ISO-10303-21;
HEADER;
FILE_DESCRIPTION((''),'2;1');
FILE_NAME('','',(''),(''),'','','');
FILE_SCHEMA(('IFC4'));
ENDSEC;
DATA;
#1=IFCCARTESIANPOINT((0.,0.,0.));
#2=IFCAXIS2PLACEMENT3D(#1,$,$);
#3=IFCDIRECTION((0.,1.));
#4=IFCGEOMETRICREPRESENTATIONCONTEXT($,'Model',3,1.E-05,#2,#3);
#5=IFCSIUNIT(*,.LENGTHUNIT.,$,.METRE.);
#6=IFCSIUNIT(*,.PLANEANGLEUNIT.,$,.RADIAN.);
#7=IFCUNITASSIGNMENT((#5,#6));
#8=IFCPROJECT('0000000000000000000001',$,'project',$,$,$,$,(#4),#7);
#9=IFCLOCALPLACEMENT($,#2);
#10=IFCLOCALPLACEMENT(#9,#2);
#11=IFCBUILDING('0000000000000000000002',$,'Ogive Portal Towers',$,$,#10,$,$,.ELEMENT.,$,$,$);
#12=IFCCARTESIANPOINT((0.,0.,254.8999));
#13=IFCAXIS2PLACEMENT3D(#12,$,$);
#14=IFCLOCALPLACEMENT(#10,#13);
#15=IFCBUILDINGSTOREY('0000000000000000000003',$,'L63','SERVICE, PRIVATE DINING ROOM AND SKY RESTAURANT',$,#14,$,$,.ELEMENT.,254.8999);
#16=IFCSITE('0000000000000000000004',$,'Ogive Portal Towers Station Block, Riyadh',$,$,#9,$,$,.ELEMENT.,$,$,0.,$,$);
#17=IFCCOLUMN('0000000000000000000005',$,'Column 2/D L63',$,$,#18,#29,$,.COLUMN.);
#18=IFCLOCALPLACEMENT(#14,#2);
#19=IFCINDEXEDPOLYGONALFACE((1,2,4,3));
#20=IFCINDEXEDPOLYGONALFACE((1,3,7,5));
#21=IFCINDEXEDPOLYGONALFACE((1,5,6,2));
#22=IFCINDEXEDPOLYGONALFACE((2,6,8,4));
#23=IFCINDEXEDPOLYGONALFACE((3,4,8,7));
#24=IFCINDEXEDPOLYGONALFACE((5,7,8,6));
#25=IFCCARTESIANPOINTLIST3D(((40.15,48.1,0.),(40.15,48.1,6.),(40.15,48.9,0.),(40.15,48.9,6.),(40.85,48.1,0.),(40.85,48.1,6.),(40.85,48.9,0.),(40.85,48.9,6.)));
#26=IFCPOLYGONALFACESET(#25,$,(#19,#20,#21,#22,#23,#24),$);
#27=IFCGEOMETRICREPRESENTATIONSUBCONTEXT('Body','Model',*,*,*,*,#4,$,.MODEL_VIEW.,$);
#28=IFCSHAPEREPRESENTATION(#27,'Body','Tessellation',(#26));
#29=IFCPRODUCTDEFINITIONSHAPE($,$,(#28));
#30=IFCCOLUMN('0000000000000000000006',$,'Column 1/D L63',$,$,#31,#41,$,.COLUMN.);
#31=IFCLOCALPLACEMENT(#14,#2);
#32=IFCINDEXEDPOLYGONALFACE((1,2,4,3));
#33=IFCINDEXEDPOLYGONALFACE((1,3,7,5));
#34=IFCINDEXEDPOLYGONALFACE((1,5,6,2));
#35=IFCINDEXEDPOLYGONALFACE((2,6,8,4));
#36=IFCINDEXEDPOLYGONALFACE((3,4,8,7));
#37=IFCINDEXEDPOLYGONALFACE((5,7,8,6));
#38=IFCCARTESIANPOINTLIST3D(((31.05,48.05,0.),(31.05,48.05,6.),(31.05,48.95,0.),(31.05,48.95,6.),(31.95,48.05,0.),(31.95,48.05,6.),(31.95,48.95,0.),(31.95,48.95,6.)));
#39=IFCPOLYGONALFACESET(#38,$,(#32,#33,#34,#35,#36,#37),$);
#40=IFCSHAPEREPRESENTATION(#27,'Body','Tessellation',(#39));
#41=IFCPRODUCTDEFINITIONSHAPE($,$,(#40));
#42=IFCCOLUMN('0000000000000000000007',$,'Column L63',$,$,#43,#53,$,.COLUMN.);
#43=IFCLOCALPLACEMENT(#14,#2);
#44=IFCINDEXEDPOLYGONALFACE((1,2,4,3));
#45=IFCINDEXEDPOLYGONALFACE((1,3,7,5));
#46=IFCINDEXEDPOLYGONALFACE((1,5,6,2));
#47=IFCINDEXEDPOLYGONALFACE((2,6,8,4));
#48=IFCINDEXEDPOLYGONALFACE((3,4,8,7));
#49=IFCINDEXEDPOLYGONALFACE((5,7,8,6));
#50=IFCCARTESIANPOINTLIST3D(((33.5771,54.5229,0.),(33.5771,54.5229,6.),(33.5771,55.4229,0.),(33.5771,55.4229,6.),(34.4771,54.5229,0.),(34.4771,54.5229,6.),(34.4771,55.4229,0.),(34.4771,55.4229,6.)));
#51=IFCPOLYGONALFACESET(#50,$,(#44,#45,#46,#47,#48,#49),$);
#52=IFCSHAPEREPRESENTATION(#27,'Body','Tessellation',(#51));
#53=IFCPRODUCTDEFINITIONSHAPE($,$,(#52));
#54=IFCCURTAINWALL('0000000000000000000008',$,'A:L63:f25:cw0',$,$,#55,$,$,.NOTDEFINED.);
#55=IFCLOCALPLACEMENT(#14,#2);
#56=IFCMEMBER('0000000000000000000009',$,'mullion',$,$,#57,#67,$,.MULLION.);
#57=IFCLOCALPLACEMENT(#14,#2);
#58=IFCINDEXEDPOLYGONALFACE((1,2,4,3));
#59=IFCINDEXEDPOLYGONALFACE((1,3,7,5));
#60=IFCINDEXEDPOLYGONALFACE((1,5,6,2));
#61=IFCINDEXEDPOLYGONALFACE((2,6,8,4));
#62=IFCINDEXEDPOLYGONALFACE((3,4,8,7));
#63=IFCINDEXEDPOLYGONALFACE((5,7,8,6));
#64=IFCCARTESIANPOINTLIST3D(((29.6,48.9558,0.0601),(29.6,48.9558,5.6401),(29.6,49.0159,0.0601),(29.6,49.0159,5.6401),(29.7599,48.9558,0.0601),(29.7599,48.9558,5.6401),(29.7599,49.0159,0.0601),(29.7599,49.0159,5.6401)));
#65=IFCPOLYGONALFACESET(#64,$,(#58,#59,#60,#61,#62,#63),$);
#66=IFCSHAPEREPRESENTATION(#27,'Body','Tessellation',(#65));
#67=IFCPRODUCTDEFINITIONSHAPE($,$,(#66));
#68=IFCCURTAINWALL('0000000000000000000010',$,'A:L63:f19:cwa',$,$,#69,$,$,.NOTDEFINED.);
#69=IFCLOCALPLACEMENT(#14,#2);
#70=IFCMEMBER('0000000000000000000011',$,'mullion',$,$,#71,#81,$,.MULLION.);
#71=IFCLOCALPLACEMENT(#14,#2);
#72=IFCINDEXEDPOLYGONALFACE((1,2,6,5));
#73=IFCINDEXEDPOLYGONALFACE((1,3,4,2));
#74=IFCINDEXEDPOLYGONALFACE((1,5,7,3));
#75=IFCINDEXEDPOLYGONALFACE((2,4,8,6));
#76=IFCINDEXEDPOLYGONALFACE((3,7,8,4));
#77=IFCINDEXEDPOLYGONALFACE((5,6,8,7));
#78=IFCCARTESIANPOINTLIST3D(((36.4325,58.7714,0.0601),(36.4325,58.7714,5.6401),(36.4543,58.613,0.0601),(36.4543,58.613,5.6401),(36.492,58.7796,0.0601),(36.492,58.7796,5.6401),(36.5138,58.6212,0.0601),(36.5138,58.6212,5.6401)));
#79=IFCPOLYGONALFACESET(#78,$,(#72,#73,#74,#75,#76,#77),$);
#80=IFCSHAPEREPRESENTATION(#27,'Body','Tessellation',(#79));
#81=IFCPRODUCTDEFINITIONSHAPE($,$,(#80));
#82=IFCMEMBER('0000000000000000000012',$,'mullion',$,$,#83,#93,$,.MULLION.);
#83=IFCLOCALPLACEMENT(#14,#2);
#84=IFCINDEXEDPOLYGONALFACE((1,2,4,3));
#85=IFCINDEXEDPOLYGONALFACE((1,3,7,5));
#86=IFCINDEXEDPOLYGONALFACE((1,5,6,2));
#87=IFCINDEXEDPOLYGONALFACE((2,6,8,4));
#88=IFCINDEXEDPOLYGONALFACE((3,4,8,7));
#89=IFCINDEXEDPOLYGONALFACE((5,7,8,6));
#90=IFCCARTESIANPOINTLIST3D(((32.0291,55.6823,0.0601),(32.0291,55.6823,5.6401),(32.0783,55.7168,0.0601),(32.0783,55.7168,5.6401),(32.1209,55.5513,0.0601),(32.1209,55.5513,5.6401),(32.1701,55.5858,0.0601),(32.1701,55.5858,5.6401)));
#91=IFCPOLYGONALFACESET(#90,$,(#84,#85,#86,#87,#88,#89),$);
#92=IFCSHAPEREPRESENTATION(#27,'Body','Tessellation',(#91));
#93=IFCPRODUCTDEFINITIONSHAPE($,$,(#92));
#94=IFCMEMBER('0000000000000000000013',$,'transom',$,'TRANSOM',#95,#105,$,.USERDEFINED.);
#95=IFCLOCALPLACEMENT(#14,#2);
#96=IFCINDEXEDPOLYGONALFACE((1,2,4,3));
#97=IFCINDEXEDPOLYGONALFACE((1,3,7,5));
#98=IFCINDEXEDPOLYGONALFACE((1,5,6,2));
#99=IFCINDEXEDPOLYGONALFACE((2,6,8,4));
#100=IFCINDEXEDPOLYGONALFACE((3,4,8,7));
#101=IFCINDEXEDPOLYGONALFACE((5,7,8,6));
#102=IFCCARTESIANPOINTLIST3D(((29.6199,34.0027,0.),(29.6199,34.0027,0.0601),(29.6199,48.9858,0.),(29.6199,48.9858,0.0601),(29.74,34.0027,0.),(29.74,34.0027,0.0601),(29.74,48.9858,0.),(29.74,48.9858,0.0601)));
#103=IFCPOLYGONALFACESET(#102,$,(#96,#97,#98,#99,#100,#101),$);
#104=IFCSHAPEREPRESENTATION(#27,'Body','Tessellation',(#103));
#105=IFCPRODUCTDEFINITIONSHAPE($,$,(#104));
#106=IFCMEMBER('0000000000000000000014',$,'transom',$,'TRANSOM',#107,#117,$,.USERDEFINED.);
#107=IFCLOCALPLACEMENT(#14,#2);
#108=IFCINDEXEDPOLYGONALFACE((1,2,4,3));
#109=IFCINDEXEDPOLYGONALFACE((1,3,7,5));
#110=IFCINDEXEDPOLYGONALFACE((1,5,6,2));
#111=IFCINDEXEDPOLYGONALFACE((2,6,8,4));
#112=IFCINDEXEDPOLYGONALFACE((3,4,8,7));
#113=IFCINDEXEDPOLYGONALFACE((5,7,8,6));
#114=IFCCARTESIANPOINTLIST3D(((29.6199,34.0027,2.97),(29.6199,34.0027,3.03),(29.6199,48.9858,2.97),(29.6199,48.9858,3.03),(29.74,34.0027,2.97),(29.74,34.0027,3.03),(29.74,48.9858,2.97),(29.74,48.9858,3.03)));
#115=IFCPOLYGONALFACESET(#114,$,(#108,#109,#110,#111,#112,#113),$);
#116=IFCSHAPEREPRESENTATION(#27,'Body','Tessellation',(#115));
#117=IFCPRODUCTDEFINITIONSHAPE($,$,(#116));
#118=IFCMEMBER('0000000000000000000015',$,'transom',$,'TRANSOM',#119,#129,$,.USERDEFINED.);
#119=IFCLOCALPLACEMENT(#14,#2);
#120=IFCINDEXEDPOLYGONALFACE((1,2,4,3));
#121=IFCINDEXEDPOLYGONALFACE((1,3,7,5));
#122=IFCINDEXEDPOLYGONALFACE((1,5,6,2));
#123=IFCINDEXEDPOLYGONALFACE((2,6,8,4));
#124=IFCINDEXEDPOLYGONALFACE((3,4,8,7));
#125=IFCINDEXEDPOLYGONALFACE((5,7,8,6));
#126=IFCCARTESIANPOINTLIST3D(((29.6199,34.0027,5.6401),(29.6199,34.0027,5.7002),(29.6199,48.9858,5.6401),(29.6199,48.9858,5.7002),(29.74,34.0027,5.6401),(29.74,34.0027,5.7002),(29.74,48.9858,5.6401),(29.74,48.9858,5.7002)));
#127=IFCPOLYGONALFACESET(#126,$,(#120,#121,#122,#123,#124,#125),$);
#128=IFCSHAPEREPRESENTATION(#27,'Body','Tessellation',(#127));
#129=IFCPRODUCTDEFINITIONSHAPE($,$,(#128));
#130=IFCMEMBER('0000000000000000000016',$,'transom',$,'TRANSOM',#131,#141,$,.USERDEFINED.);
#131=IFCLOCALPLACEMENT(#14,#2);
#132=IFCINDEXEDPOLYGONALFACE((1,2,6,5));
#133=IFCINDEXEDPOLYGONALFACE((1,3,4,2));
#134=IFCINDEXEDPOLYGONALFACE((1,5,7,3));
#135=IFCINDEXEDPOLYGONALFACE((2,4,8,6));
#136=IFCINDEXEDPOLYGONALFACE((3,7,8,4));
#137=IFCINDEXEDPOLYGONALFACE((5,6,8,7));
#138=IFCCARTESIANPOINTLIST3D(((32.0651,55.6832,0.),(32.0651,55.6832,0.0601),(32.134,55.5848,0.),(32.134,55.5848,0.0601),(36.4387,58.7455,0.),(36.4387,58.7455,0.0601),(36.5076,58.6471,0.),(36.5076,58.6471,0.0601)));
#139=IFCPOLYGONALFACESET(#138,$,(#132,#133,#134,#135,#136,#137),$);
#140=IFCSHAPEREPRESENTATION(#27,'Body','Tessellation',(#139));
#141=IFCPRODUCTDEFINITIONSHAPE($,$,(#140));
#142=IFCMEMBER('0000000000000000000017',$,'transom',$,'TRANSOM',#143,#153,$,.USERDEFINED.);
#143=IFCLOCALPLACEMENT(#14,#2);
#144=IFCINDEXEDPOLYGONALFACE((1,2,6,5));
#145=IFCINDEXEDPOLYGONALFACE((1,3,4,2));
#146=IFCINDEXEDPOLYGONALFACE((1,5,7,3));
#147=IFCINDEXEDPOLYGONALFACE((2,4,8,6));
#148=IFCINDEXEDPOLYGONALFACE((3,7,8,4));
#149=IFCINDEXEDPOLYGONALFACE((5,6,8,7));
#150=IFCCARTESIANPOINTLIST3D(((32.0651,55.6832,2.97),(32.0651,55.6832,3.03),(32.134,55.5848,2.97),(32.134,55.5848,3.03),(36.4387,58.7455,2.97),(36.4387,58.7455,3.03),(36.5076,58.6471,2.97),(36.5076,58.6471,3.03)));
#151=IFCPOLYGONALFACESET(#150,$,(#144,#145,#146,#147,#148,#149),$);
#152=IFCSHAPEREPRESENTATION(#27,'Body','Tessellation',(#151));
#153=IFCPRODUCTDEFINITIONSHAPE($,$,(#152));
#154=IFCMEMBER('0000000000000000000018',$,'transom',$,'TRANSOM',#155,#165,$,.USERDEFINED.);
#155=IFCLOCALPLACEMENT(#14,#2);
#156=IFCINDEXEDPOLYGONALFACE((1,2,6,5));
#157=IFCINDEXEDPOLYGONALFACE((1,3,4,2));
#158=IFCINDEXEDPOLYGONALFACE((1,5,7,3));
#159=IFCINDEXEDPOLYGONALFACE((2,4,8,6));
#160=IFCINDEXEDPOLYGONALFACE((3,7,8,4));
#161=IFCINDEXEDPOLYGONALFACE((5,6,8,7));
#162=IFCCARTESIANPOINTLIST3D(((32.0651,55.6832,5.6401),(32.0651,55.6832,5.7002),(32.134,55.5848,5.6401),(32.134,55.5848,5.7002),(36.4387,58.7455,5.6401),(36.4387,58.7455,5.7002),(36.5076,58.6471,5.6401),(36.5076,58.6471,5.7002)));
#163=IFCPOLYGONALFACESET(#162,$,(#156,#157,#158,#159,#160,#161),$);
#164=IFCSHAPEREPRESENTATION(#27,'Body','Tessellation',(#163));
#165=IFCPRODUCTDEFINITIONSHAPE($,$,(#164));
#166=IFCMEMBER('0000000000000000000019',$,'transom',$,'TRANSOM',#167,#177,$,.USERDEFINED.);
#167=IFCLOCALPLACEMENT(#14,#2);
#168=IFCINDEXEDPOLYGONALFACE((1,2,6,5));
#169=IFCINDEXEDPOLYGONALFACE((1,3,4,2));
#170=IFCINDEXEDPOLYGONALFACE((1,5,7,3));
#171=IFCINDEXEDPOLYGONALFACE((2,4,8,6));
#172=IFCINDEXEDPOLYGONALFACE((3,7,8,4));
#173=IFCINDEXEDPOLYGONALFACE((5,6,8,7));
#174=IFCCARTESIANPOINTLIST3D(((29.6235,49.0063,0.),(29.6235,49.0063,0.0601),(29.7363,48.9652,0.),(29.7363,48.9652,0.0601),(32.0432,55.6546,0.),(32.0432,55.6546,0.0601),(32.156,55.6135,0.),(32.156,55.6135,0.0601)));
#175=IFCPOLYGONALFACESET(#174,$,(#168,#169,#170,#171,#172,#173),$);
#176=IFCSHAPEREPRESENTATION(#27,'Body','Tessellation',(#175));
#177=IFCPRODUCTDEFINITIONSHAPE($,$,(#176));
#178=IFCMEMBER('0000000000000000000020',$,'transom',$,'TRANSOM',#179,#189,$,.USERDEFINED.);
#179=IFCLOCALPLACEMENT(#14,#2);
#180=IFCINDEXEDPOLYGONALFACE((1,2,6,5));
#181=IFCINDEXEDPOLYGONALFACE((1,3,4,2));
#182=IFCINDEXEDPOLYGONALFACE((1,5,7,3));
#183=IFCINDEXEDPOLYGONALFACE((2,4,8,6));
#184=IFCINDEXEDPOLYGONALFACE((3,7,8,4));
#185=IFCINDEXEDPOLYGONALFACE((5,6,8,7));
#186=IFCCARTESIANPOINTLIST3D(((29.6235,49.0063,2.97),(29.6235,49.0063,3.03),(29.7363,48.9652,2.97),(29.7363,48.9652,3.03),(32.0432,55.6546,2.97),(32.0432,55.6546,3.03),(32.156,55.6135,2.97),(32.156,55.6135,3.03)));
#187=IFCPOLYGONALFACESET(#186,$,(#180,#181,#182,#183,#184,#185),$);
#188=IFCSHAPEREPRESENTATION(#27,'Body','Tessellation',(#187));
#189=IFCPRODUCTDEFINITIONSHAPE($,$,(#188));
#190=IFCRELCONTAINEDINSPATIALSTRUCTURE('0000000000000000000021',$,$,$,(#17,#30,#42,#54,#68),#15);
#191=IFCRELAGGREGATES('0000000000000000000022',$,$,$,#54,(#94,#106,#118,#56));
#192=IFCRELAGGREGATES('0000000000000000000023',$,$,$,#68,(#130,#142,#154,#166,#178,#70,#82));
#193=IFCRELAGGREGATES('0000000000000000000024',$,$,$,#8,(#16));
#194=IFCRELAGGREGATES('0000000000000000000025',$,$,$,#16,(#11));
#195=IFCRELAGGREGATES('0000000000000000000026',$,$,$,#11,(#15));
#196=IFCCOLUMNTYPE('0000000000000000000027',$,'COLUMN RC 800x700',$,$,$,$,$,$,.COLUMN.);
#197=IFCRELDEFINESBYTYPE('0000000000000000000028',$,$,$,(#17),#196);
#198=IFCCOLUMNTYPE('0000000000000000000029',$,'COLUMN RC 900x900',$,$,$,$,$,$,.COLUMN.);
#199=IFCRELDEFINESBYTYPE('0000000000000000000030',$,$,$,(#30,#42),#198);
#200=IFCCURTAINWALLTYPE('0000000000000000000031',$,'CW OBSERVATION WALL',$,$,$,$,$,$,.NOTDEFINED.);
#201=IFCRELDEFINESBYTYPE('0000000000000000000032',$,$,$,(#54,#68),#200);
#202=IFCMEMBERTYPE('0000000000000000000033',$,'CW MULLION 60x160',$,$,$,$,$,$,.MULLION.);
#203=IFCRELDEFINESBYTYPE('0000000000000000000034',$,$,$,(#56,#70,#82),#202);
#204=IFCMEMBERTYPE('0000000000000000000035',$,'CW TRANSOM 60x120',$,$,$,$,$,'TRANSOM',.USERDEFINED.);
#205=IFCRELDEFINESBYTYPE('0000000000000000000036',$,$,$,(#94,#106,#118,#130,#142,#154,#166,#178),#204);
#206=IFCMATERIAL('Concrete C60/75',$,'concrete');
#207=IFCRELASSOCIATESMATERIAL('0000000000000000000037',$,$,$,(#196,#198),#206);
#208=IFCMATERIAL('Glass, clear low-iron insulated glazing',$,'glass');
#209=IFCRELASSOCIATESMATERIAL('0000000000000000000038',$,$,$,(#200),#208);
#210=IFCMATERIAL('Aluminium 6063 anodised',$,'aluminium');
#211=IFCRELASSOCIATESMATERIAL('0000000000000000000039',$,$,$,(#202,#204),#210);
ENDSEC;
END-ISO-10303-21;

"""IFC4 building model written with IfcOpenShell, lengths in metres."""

from ifc_helpers import new_model, si_unit, direction, frame, origin, origin_2d, place, context, subcontext, project, spatial, rectangle, extrude, material, material_profile, profile_set, type_object, element, aggregate, save


model = new_model("IFC4")

# Units and contexts
model_context = context("Model", 3, precision=1e-05, world=origin(), true_north=direction((0.0, 1.0)))
body_context = subcontext(model_context, "Body", "Model", "MODEL_VIEW")
ifc_project = project(units=[si_unit("LENGTHUNIT", "METRE"), si_unit("PLANEANGLEUNIT", "RADIAN")], contexts=[model_context])

# Site, building, storey
site_placement = place(None, origin())
site = spatial("IfcSite", under=ifc_project, at=site_placement, Name="Ogive Portal Towers Station Block, Riyadh", CompositionType="ELEMENT", RefElevation=0.0)
building_placement = place(site_placement, origin())
building = spatial("IfcBuilding", under=site, at=building_placement, Name="Ogive Portal Towers", CompositionType="ELEMENT")
storey_placement = place(building_placement, frame((0.0, 0.0, 254.8999)))
storey = spatial("IfcBuildingStorey", under=building, at=storey_placement, Name="L63", Description="SERVICE, PRIVATE DINING ROOM AND SKY RESTAURANT", CompositionType="ELEMENT", Elevation=254.8999)

# Columns
ifc_material_1 = material(Name="Concrete C60/75", Category="concrete")
ifc_material_profile_1 = material_profile(ifc_material_1, rectangle(XDim=0.8, YDim=0.7, at=origin_2d()), Name="RC 800x700")
ifc_profile_set_1 = profile_set([ifc_material_profile_1], Name="Concrete C60/75")
column_type_1 = type_object("IfcColumnType", Name="COLUMN RC 800x700", PredefinedType="COLUMN", material=ifc_profile_set_1)
column_placement = place(storey_placement, frame((40.5, 48.5, 0.0), z_axis=(0.0, 0.0, 1.0), x_axis=(0.0, 1.0, 0.0)))
element("IfcColumn", 1, at=column_placement, inside=storey, type_object=column_type_1, Name="Column 2/D L63", PredefinedType="COLUMN", context=body_context, shape_type="SweptSolid", body=[
    extrude(rectangle(XDim=0.8, YDim=0.7, at=origin_2d()), origin(), (0.0, 0.0, 1.0), 6.0),
])
ifc_material_profile_2 = material_profile(ifc_material_1, rectangle(XDim=0.8999, YDim=0.8999, at=origin_2d()), Name="RC 900x900")
ifc_profile_set_2 = profile_set([ifc_material_profile_2], Name="Concrete C60/75")
column_type_2 = type_object("IfcColumnType", Name="COLUMN RC 900x900", PredefinedType="COLUMN", material=ifc_profile_set_2)
for number, where, z_axis, x_axis, name in (
    (2, (31.5, 48.5, 0.0), (0.0, 0.0, 1.0), (1.0, 0.0, 0.0), "Column 1/D L63"),
    (3, (34.0271, 54.9729, 0.0), (0.0, 0.0, 1.0), (1.0, 0.0, 0.0), "Column L63"),
):
    element("IfcColumn", number, at=place(storey_placement, frame(where, z_axis=z_axis, x_axis=x_axis)), inside=storey, type_object=column_type_2, Name=name, PredefinedType="COLUMN", context=body_context, shape_type="SweptSolid", body=[
        extrude(rectangle(XDim=0.8999, YDim=0.8999, at=origin_2d()), origin(), (0.0, 0.0, 1.0), 6.0),
    ])

# Curtain wall, member
ifc_material_2 = material(Name="Glass, clear low-iron insulated glazing", Category="glass")
curtain_wall_type = type_object("IfcCurtainWallType", Name="CW OBSERVATION WALL", PredefinedType="NOTDEFINED", material=ifc_material_2)
curtain_wall_1_placement = place(storey_placement, origin())
curtain_wall_1 = element("IfcCurtainWall", 4, at=curtain_wall_1_placement, inside=storey, type_object=curtain_wall_type, Name="A:L63:f25:cw0", PredefinedType="NOTDEFINED")
ifc_material_3 = material(Name="Aluminium 6063 anodised", Category="aluminium")
ifc_material_profile_3 = material_profile(ifc_material_3, rectangle(XDim=0.1599, YDim=0.0601, at=origin_2d()), Name="AL 60x160")
ifc_profile_set_3 = profile_set([ifc_material_profile_3], Name="Aluminium 6063 anodised")
member_type_1 = type_object("IfcMemberType", Name="CW MULLION 60x160", PredefinedType="MULLION", material=ifc_profile_set_3)
member_1_placement = place(storey_placement, frame((29.6799, 48.9858, 0.0601), z_axis=(0.0, 0.0, 1.0), x_axis=(1.0, 0.0, 0.0)))
member_1 = element("IfcMember", 5, at=member_1_placement, type_object=member_type_1, Name="mullion", PredefinedType="MULLION", context=body_context, shape_type="SweptSolid", body=[
    extrude(rectangle(XDim=0.1599, YDim=0.0601, at=origin_2d()), origin(), (0.0, 0.0, 1.0), 5.5801),
])

# Curtain wall, members
curtain_wall_2_placement = place(storey_placement, origin())
curtain_wall_2 = element("IfcCurtainWall", 6, at=curtain_wall_2_placement, inside=storey, type_object=curtain_wall_type, Name="A:L63:f19:cwa", PredefinedType="NOTDEFINED")
member_2_placement = place(storey_placement, frame((36.4731, 58.6963, 0.0601), z_axis=(0.0, 0.0, 1.0), x_axis=(0.136348, -0.990661, 0.0)))
member_2 = element("IfcMember", 7, at=member_2_placement, type_object=member_type_1, Name="mullion", PredefinedType="MULLION", context=body_context, shape_type="SweptSolid", body=[
    extrude(rectangle(XDim=0.1599, YDim=0.0601, at=origin_2d()), origin(), (0.0, 0.0, 1.0), 5.5801),
])
member_3_placement = place(storey_placement, frame((32.0996, 55.634, 0.0601), z_axis=(0.0, 0.0, 1.0), x_axis=(0.573576, -0.819152, 0.0)))
member_3 = element("IfcMember", 8, at=member_3_placement, type_object=member_type_1, Name="mullion", PredefinedType="MULLION", context=body_context, shape_type="SweptSolid", body=[
    extrude(rectangle(XDim=0.1599, YDim=0.0601, at=origin_2d()), origin(), (0.0, 0.0, 1.0), 5.5801),
])

# Members
ifc_material_profile_4 = material_profile(ifc_material_3, rectangle(XDim=0.1201, YDim=0.0601, at=origin_2d()), Name="AL 120x60")
ifc_profile_set_4 = profile_set([ifc_material_profile_4], Name="Aluminium 6063 anodised")
member_type_2 = type_object("IfcMemberType", Name="CW TRANSOM 60x120", ElementType="TRANSOM", PredefinedType="USERDEFINED", material=ifc_profile_set_4)
member_4_placement = place(storey_placement, frame((29.6799, 48.9858, 0.03), z_axis=(0.0, -1.0, 0.0), x_axis=(1.0, 0.0, 0.0)))
member_4 = element("IfcMember", 9, at=member_4_placement, type_object=member_type_2, Name="transom", ObjectType="TRANSOM", PredefinedType="USERDEFINED", context=body_context, shape_type="SweptSolid", body=[
    extrude(rectangle(XDim=0.1201, YDim=0.0601, at=origin_2d()), origin(), (0.0, 0.0, 1.0), 14.9832),
])
member_5_placement = place(storey_placement, frame((29.6799, 48.9858, 3.0), z_axis=(0.0, -1.0, 0.0), x_axis=(1.0, 0.0, 0.0)))
member_5 = element("IfcMember", 10, at=member_5_placement, type_object=member_type_2, Name="transom", ObjectType="TRANSOM", PredefinedType="USERDEFINED", context=body_context, shape_type="SweptSolid", body=[
    extrude(rectangle(XDim=0.1201, YDim=0.0601, at=origin_2d()), origin(), (0.0, 0.0, 1.0), 14.9832),
])
member_6_placement = place(storey_placement, frame((29.6799, 48.9858, 5.6702), z_axis=(0.0, -1.0, 0.0), x_axis=(1.0, 0.0, 0.0)))
member_6 = element("IfcMember", 11, at=member_6_placement, type_object=member_type_2, Name="transom", ObjectType="TRANSOM", PredefinedType="USERDEFINED", context=body_context, shape_type="SweptSolid", body=[
    extrude(rectangle(XDim=0.1201, YDim=0.0601, at=origin_2d()), origin(), (0.0, 0.0, 1.0), 14.9832),
])
aggregate(curtain_wall_1, [member_4, member_5, member_6, member_1])
member_7_placement = place(storey_placement, frame((36.4731, 58.6963, 0.03), z_axis=(-0.819163, -0.573561, 0.0), x_axis=(0.573561, -0.819163, 0.0)))
member_7 = element("IfcMember", 12, at=member_7_placement, type_object=member_type_2, Name="transom", ObjectType="TRANSOM", PredefinedType="USERDEFINED", context=body_context, shape_type="SweptSolid", body=[
    extrude(rectangle(XDim=0.1201, YDim=0.0601, at=origin_2d()), origin(), (0.0, 0.0, 1.0), 5.3391),
])
member_8_placement = place(storey_placement, frame((36.4731, 58.6963, 3.0), z_axis=(-0.819163, -0.573561, 0.0), x_axis=(0.573561, -0.819163, 0.0)))
member_8 = element("IfcMember", 13, at=member_8_placement, type_object=member_type_2, Name="transom", ObjectType="TRANSOM", PredefinedType="USERDEFINED", context=body_context, shape_type="SweptSolid", body=[
    extrude(rectangle(XDim=0.1201, YDim=0.0601, at=origin_2d()), origin(), (0.0, 0.0, 1.0), 5.3391),
])
member_9_placement = place(storey_placement, frame((36.4731, 58.6963, 5.6702), z_axis=(-0.819163, -0.573561, 0.0), x_axis=(0.573561, -0.819163, 0.0)))
member_9 = element("IfcMember", 14, at=member_9_placement, type_object=member_type_2, Name="transom", ObjectType="TRANSOM", PredefinedType="USERDEFINED", context=body_context, shape_type="SweptSolid", body=[
    extrude(rectangle(XDim=0.1201, YDim=0.0601, at=origin_2d()), origin(), (0.0, 0.0, 1.0), 5.3391),
])
member_10_placement = place(storey_placement, frame((32.0996, 55.634, 0.03), z_axis=(-0.342012, -0.939696, 0.0), x_axis=(0.939696, -0.342012, 0.0)))
member_10 = element("IfcMember", 15, at=member_10_placement, type_object=member_type_2, Name="transom", ObjectType="TRANSOM", PredefinedType="USERDEFINED", context=body_context, shape_type="SweptSolid", body=[
    extrude(rectangle(XDim=0.1201, YDim=0.0601, at=origin_2d()), origin(), (0.0, 0.0, 1.0), 7.075),
])
member_11_placement = place(storey_placement, frame((32.0996, 55.634, 3.0), z_axis=(-0.342012, -0.939696, 0.0), x_axis=(0.939696, -0.342012, 0.0)))
member_11 = element("IfcMember", 16, at=member_11_placement, type_object=member_type_2, Name="transom", ObjectType="TRANSOM", PredefinedType="USERDEFINED", context=body_context, shape_type="SweptSolid", body=[
    extrude(rectangle(XDim=0.1201, YDim=0.0601, at=origin_2d()), origin(), (0.0, 0.0, 1.0), 7.075),
])

aggregate(curtain_wall_2, [member_7, member_8, member_9, member_10, member_11, member_2, member_3])

save(model, "model.ifc")
